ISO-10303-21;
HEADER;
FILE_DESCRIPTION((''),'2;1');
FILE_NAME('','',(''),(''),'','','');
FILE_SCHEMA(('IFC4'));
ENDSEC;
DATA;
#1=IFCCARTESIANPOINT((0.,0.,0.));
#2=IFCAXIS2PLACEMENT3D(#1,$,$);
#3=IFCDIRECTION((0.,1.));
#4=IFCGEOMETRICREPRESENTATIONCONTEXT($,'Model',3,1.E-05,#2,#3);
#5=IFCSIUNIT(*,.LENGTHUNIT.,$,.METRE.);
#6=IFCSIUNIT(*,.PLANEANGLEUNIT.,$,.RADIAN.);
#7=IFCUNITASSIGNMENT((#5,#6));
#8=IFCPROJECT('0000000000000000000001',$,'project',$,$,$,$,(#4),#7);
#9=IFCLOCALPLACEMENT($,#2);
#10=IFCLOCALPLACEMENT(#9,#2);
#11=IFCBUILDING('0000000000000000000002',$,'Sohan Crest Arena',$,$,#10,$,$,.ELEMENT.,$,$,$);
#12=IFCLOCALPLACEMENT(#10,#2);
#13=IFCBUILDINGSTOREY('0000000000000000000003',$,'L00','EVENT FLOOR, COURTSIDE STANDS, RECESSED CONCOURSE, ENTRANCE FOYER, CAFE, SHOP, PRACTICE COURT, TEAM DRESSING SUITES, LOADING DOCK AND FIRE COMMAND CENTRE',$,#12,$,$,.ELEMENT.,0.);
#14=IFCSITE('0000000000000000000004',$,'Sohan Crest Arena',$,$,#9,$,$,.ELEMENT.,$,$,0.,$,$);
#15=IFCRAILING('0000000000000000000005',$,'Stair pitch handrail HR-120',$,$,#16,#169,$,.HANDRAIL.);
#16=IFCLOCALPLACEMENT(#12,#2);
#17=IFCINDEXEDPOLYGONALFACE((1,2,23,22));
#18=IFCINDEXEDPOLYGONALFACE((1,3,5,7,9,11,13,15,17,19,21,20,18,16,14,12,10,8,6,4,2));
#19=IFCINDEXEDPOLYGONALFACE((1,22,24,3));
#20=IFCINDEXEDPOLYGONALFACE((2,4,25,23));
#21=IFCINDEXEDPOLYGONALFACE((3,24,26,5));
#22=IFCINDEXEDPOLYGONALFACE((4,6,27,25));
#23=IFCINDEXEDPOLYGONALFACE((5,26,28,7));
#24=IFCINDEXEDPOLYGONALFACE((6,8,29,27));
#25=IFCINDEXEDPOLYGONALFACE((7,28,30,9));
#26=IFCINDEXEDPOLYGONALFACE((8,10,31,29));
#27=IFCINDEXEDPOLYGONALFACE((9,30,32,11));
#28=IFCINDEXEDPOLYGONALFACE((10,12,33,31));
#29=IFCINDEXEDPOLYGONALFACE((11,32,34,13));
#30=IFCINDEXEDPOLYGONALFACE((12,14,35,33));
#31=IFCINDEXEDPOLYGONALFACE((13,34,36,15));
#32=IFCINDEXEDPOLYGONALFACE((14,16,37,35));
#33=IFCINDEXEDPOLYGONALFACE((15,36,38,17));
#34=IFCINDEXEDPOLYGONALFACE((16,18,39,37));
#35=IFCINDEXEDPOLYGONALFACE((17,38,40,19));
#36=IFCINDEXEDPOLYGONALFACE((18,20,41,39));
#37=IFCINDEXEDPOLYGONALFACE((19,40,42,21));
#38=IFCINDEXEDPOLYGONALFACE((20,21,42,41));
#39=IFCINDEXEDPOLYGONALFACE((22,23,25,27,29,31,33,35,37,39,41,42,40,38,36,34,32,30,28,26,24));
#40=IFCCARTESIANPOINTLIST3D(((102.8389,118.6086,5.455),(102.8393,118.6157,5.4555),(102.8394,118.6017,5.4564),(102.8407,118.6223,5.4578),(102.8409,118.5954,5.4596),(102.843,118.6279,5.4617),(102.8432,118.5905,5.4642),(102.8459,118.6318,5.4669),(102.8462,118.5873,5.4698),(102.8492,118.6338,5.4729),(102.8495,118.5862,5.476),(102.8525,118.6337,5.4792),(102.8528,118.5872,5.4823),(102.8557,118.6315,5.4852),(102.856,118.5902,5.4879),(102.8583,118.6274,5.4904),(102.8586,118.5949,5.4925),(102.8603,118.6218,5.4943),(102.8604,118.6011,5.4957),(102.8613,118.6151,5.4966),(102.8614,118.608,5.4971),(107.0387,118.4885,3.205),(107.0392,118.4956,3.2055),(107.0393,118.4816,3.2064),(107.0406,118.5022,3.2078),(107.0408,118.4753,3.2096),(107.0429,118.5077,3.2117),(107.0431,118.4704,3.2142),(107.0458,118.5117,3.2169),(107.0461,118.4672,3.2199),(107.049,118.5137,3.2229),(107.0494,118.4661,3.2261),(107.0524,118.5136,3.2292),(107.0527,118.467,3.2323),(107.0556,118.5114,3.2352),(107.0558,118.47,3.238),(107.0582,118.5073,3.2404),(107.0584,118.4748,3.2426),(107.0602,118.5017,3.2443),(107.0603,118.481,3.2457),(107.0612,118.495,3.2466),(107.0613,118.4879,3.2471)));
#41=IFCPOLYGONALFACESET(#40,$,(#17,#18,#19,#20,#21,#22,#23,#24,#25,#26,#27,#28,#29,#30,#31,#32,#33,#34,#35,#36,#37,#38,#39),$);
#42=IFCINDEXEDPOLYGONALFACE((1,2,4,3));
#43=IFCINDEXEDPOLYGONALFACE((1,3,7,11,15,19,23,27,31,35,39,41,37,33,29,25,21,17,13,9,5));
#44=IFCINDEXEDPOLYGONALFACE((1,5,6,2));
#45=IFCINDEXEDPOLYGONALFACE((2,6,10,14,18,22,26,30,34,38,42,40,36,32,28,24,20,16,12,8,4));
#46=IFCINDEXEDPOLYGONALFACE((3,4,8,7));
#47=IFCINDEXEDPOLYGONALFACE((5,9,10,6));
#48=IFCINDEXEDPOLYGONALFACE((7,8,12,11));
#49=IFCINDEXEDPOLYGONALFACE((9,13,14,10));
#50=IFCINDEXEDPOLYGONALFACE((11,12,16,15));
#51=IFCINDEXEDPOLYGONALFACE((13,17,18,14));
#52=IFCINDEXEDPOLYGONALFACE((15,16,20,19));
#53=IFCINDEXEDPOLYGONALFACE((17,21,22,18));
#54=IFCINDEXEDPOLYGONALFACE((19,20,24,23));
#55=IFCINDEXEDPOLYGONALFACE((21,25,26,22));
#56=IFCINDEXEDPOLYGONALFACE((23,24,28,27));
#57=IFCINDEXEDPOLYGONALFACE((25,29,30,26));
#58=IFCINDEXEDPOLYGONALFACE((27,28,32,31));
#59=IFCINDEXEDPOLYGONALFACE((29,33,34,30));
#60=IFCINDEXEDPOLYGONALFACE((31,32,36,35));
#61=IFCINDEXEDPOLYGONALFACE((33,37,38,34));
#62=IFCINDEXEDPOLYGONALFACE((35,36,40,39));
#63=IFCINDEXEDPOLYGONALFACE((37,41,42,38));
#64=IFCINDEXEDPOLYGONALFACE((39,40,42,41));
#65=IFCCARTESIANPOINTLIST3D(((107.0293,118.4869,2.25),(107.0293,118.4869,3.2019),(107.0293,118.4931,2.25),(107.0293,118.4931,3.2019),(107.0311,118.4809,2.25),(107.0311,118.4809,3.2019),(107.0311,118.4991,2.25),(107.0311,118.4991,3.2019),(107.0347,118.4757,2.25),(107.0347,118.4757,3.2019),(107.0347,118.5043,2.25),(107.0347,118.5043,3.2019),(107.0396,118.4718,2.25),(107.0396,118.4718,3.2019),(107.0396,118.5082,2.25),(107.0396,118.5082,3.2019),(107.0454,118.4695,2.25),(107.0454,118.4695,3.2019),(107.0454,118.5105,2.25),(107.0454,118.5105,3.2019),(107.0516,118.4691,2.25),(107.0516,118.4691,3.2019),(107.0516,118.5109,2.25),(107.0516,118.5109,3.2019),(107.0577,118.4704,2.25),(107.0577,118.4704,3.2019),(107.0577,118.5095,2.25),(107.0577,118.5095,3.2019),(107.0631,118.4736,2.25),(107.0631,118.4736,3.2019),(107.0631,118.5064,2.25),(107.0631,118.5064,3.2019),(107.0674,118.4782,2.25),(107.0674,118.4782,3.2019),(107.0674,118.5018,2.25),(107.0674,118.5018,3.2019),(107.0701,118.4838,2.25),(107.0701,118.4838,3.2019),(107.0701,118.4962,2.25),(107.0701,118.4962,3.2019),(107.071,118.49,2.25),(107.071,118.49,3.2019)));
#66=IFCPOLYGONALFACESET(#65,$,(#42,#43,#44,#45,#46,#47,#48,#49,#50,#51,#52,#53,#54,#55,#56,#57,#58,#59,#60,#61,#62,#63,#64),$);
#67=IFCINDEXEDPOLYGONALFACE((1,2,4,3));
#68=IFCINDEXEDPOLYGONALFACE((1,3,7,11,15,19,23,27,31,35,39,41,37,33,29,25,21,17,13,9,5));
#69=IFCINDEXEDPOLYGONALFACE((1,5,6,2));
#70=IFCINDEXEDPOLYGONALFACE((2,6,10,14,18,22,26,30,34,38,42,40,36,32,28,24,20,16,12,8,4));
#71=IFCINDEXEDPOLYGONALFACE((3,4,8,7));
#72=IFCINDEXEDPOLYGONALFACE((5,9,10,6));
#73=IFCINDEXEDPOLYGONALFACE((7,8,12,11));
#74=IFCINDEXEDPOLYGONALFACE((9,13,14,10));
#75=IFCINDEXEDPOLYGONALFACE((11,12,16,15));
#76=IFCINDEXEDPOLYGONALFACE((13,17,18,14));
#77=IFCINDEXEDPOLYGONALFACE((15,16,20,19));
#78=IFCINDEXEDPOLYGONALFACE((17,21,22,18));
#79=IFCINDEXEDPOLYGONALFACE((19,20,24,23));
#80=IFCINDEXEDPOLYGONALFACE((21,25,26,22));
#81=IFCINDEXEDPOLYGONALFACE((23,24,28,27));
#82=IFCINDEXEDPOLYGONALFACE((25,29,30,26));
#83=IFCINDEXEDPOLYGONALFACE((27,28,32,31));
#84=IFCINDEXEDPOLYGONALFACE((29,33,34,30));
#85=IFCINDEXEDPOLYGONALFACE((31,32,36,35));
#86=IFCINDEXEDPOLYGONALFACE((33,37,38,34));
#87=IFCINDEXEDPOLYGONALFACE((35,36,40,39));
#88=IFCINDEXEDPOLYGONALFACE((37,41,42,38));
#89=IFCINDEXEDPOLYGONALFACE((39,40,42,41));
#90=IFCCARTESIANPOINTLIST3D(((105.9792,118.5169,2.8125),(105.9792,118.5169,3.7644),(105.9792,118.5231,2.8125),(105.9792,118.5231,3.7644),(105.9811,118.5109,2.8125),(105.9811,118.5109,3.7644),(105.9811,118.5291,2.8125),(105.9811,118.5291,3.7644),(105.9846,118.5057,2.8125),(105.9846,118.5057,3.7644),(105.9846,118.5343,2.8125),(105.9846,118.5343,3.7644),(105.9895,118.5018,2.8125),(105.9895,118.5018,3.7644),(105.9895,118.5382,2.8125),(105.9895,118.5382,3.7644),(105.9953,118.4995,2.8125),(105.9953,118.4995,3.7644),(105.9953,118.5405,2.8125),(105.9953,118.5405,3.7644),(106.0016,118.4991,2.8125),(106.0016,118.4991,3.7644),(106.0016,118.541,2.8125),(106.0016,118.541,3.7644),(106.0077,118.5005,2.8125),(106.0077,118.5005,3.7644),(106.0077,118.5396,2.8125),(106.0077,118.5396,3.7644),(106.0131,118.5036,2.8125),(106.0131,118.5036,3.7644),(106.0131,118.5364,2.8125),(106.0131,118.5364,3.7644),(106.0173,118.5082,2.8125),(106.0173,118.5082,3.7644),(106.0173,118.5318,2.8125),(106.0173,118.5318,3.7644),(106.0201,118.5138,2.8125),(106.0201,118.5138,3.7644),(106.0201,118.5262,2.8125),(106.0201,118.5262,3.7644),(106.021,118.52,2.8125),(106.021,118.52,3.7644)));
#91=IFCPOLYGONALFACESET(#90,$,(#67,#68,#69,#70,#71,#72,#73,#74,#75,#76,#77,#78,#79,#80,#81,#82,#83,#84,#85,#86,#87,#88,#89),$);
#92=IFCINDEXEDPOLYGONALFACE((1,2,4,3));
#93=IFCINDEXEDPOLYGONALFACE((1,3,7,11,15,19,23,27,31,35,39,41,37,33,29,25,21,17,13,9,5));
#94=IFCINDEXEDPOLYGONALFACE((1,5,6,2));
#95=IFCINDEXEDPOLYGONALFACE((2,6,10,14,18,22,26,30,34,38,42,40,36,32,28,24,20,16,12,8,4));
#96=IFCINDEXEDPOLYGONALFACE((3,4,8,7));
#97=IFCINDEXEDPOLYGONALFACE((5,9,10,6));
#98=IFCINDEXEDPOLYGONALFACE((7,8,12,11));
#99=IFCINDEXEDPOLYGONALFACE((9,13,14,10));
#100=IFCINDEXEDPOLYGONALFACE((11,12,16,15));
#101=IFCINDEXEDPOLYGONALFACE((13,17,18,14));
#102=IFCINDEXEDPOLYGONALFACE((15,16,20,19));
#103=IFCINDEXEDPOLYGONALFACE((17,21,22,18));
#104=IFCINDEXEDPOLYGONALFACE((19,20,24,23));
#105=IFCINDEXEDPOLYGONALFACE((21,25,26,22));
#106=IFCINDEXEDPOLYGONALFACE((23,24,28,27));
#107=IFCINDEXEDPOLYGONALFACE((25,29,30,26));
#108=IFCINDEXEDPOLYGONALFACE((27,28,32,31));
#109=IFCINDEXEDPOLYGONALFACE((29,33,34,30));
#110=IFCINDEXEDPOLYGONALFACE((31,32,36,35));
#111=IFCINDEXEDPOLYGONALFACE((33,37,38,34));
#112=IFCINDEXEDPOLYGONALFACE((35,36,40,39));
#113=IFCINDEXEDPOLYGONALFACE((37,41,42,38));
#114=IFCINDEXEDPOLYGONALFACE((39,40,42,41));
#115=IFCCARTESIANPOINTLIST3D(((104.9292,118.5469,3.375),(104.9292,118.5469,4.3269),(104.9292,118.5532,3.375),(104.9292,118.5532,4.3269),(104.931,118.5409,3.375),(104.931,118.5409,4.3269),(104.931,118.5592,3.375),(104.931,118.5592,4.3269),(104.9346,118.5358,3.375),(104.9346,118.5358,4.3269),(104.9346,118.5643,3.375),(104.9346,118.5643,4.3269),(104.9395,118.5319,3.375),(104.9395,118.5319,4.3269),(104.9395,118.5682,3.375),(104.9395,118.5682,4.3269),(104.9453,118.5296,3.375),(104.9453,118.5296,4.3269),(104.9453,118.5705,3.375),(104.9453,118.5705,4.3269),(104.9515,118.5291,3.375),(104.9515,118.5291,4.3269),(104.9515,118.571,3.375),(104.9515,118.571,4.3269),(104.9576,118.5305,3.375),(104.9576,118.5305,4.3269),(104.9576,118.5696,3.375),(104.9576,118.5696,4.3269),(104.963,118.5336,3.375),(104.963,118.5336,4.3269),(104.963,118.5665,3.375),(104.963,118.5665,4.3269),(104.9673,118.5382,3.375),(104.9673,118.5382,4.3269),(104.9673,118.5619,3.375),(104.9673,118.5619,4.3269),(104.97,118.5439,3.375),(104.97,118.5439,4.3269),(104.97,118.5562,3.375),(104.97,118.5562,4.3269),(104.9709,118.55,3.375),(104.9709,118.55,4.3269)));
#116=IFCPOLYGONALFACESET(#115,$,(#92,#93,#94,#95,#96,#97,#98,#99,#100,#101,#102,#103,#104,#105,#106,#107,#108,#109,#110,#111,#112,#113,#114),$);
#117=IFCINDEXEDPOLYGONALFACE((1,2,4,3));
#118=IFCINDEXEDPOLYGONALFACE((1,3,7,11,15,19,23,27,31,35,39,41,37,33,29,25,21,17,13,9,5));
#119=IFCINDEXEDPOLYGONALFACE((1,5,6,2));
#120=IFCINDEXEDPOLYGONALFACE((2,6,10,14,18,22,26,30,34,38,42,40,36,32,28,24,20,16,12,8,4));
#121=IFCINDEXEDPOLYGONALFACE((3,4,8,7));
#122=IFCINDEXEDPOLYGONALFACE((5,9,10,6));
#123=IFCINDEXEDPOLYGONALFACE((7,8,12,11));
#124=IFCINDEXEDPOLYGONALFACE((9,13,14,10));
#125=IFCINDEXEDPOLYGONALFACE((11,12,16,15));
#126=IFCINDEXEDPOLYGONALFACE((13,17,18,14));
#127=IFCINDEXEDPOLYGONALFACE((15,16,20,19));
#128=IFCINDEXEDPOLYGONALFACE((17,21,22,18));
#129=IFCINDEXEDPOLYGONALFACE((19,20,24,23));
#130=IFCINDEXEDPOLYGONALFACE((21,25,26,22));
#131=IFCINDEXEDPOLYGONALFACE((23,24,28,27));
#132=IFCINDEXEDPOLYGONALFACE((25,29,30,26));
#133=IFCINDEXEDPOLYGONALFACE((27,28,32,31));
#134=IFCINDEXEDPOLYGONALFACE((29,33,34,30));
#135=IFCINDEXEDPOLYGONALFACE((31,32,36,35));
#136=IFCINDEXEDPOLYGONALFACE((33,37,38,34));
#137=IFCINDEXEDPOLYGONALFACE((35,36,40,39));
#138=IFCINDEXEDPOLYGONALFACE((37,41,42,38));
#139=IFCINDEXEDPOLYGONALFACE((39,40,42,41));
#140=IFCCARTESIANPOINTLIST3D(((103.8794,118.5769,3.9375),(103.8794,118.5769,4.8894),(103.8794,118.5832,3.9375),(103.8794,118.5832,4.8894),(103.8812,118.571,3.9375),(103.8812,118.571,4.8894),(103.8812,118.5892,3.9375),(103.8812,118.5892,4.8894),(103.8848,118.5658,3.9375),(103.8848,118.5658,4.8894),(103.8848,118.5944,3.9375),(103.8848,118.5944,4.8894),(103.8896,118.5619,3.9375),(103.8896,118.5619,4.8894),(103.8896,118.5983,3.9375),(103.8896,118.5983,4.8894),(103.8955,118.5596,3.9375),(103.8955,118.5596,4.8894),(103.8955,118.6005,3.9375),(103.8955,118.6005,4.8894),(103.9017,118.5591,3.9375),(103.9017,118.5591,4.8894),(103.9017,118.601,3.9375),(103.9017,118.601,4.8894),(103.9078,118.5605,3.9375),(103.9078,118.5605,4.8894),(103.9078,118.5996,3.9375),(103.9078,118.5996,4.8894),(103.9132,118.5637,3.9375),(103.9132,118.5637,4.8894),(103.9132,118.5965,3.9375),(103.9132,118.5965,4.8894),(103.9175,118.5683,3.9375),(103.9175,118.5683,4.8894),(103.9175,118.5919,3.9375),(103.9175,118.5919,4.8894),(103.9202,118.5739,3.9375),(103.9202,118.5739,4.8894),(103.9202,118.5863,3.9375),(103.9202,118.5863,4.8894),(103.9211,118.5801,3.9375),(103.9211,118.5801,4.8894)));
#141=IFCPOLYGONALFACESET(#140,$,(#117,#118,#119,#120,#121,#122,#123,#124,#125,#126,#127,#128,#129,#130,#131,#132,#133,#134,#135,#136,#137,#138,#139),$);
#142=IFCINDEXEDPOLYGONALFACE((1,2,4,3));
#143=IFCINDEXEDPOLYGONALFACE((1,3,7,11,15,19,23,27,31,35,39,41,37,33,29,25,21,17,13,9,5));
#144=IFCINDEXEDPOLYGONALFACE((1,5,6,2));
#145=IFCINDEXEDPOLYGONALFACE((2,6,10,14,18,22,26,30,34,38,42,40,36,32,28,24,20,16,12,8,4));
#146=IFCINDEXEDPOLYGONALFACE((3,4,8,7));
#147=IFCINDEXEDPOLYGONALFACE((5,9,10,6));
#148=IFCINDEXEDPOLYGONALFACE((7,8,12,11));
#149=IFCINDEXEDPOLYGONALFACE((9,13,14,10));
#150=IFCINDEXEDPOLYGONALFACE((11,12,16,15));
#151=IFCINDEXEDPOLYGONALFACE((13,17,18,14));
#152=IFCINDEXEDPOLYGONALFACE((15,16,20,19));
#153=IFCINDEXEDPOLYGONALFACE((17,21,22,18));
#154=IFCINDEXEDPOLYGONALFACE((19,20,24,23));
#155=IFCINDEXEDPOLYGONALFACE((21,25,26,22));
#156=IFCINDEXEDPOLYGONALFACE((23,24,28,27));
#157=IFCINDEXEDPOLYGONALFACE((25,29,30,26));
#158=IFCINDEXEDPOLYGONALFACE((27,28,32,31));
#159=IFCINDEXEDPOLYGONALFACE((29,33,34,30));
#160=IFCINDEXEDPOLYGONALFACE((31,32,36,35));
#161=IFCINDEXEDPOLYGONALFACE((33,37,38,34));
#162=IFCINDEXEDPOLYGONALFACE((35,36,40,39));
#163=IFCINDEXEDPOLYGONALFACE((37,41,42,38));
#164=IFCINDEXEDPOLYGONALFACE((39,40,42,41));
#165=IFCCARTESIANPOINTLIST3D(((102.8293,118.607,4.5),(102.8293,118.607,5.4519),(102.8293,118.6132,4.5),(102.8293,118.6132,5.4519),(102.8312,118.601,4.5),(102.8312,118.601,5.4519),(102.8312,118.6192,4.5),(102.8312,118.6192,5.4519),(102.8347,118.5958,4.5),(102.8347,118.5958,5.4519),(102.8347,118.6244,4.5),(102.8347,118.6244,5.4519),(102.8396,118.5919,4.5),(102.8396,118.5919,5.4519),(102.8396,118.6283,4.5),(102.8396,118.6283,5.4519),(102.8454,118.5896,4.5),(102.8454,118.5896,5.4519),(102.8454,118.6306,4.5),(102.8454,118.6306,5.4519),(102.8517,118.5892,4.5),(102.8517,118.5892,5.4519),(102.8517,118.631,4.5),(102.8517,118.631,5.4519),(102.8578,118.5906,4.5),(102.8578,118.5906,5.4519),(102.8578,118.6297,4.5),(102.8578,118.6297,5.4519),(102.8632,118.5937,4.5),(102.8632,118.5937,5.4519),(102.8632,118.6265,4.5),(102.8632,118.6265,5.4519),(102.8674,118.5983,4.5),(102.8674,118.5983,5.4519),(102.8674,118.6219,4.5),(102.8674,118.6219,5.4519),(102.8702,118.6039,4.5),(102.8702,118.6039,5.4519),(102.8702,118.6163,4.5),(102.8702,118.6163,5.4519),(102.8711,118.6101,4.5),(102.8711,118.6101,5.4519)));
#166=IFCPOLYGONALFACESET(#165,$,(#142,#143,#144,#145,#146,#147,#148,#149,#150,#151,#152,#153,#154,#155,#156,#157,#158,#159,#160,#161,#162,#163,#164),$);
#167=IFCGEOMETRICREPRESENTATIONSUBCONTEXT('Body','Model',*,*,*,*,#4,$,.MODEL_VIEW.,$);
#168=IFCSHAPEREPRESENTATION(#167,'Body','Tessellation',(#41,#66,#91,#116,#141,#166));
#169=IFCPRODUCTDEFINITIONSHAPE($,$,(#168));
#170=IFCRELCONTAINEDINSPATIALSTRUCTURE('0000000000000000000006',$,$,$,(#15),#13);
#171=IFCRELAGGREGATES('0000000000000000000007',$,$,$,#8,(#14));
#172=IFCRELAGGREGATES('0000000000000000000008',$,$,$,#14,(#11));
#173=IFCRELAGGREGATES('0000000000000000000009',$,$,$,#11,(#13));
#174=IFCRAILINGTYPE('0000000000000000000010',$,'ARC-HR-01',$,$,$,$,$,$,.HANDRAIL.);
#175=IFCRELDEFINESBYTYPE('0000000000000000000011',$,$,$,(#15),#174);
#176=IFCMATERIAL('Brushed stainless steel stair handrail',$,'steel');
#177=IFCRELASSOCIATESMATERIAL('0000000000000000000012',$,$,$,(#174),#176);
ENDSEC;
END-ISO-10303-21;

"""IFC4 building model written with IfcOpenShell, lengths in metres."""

from ifc_helpers import new_model, si_unit, direction, frame, origin, origin_2d, place, context, subcontext, project, spatial, circle, extrude, material, type_object, element, save


model = new_model("IFC4")

# Units and contexts
model_context = context("Model", 3, precision=1e-05, world=origin(), true_north=direction((0.0, 1.0)))
body_context = subcontext(model_context, "Body", "Model", "MODEL_VIEW")
ifc_project = project(units=[si_unit("LENGTHUNIT", "METRE"), si_unit("PLANEANGLEUNIT", "RADIAN")], contexts=[model_context])

# Site, building, storey
site_placement = place(None, origin())
site = spatial("IfcSite", under=ifc_project, at=site_placement, Name="Sohan Crest Arena", CompositionType="ELEMENT", RefElevation=0.0)
building_placement = place(site_placement, origin())
building = spatial("IfcBuilding", under=site, at=building_placement, Name="Sohan Crest Arena", CompositionType="ELEMENT")
storey_placement = place(building_placement, origin())
storey = spatial("IfcBuildingStorey", under=building, at=storey_placement, Name="L00", Description="EVENT FLOOR, COURTSIDE STANDS, RECESSED CONCOURSE, ENTRANCE FOYER, CAFE, SHOP, PRACTICE COURT, TEAM DRESSING SUITES, LOADING DOCK AND FIRE COMMAND CENTRE", CompositionType="ELEMENT", Elevation=0.0)

# Railing
ifc_material_1 = material(Name="Brushed stainless steel stair handrail", Category="steel")
railing_type_1 = type_object("IfcRailingType", Name="ARC-HR-01", PredefinedType="HANDRAIL", material=ifc_material_1)
railing_1_placement = place(storey_placement, frame((107.05, 118.49, 2.25)))
element("IfcRailing", 1, at=railing_1_placement, inside=storey, type_object=railing_type_1, Name="Stair pitch handrail HR-120", PredefinedType="HANDRAIL", context=body_context, shape_type="SweptSolid", body=[
    extrude(circle(Radius=0.0239, at=origin_2d()), frame((0.0, 0.0, 0.9761), z_axis=(-0.881198, 0.025202, 0.472076), x_axis=(-0.028588, -0.999591, 0.0)), (0.0, 0.0, 1.0), 4.7661),
    extrude(circle(Radius=0.021, at=origin_2d()), origin(), (0.0, 0.0, 1.0), 0.9519),
    extrude(circle(Radius=0.021, at=origin_2d()), frame((-1.05, 0.03, 0.5625)), (0.0, 0.0, 1.0), 0.9519),
    extrude(circle(Radius=0.021, at=origin_2d()), frame((-2.1001, 0.0601, 1.125)), (0.0, 0.0, 1.0), 0.9519),
    extrude(circle(Radius=0.021, at=origin_2d()), frame((-3.1499, 0.0901, 1.6875)), (0.0, 0.0, 1.0), 0.9519),
    extrude(circle(Radius=0.021, at=origin_2d()), frame((-4.2, 0.1201, 2.25)), (0.0, 0.0, 1.0), 0.9519),
])

save(model, "model.ifc")
